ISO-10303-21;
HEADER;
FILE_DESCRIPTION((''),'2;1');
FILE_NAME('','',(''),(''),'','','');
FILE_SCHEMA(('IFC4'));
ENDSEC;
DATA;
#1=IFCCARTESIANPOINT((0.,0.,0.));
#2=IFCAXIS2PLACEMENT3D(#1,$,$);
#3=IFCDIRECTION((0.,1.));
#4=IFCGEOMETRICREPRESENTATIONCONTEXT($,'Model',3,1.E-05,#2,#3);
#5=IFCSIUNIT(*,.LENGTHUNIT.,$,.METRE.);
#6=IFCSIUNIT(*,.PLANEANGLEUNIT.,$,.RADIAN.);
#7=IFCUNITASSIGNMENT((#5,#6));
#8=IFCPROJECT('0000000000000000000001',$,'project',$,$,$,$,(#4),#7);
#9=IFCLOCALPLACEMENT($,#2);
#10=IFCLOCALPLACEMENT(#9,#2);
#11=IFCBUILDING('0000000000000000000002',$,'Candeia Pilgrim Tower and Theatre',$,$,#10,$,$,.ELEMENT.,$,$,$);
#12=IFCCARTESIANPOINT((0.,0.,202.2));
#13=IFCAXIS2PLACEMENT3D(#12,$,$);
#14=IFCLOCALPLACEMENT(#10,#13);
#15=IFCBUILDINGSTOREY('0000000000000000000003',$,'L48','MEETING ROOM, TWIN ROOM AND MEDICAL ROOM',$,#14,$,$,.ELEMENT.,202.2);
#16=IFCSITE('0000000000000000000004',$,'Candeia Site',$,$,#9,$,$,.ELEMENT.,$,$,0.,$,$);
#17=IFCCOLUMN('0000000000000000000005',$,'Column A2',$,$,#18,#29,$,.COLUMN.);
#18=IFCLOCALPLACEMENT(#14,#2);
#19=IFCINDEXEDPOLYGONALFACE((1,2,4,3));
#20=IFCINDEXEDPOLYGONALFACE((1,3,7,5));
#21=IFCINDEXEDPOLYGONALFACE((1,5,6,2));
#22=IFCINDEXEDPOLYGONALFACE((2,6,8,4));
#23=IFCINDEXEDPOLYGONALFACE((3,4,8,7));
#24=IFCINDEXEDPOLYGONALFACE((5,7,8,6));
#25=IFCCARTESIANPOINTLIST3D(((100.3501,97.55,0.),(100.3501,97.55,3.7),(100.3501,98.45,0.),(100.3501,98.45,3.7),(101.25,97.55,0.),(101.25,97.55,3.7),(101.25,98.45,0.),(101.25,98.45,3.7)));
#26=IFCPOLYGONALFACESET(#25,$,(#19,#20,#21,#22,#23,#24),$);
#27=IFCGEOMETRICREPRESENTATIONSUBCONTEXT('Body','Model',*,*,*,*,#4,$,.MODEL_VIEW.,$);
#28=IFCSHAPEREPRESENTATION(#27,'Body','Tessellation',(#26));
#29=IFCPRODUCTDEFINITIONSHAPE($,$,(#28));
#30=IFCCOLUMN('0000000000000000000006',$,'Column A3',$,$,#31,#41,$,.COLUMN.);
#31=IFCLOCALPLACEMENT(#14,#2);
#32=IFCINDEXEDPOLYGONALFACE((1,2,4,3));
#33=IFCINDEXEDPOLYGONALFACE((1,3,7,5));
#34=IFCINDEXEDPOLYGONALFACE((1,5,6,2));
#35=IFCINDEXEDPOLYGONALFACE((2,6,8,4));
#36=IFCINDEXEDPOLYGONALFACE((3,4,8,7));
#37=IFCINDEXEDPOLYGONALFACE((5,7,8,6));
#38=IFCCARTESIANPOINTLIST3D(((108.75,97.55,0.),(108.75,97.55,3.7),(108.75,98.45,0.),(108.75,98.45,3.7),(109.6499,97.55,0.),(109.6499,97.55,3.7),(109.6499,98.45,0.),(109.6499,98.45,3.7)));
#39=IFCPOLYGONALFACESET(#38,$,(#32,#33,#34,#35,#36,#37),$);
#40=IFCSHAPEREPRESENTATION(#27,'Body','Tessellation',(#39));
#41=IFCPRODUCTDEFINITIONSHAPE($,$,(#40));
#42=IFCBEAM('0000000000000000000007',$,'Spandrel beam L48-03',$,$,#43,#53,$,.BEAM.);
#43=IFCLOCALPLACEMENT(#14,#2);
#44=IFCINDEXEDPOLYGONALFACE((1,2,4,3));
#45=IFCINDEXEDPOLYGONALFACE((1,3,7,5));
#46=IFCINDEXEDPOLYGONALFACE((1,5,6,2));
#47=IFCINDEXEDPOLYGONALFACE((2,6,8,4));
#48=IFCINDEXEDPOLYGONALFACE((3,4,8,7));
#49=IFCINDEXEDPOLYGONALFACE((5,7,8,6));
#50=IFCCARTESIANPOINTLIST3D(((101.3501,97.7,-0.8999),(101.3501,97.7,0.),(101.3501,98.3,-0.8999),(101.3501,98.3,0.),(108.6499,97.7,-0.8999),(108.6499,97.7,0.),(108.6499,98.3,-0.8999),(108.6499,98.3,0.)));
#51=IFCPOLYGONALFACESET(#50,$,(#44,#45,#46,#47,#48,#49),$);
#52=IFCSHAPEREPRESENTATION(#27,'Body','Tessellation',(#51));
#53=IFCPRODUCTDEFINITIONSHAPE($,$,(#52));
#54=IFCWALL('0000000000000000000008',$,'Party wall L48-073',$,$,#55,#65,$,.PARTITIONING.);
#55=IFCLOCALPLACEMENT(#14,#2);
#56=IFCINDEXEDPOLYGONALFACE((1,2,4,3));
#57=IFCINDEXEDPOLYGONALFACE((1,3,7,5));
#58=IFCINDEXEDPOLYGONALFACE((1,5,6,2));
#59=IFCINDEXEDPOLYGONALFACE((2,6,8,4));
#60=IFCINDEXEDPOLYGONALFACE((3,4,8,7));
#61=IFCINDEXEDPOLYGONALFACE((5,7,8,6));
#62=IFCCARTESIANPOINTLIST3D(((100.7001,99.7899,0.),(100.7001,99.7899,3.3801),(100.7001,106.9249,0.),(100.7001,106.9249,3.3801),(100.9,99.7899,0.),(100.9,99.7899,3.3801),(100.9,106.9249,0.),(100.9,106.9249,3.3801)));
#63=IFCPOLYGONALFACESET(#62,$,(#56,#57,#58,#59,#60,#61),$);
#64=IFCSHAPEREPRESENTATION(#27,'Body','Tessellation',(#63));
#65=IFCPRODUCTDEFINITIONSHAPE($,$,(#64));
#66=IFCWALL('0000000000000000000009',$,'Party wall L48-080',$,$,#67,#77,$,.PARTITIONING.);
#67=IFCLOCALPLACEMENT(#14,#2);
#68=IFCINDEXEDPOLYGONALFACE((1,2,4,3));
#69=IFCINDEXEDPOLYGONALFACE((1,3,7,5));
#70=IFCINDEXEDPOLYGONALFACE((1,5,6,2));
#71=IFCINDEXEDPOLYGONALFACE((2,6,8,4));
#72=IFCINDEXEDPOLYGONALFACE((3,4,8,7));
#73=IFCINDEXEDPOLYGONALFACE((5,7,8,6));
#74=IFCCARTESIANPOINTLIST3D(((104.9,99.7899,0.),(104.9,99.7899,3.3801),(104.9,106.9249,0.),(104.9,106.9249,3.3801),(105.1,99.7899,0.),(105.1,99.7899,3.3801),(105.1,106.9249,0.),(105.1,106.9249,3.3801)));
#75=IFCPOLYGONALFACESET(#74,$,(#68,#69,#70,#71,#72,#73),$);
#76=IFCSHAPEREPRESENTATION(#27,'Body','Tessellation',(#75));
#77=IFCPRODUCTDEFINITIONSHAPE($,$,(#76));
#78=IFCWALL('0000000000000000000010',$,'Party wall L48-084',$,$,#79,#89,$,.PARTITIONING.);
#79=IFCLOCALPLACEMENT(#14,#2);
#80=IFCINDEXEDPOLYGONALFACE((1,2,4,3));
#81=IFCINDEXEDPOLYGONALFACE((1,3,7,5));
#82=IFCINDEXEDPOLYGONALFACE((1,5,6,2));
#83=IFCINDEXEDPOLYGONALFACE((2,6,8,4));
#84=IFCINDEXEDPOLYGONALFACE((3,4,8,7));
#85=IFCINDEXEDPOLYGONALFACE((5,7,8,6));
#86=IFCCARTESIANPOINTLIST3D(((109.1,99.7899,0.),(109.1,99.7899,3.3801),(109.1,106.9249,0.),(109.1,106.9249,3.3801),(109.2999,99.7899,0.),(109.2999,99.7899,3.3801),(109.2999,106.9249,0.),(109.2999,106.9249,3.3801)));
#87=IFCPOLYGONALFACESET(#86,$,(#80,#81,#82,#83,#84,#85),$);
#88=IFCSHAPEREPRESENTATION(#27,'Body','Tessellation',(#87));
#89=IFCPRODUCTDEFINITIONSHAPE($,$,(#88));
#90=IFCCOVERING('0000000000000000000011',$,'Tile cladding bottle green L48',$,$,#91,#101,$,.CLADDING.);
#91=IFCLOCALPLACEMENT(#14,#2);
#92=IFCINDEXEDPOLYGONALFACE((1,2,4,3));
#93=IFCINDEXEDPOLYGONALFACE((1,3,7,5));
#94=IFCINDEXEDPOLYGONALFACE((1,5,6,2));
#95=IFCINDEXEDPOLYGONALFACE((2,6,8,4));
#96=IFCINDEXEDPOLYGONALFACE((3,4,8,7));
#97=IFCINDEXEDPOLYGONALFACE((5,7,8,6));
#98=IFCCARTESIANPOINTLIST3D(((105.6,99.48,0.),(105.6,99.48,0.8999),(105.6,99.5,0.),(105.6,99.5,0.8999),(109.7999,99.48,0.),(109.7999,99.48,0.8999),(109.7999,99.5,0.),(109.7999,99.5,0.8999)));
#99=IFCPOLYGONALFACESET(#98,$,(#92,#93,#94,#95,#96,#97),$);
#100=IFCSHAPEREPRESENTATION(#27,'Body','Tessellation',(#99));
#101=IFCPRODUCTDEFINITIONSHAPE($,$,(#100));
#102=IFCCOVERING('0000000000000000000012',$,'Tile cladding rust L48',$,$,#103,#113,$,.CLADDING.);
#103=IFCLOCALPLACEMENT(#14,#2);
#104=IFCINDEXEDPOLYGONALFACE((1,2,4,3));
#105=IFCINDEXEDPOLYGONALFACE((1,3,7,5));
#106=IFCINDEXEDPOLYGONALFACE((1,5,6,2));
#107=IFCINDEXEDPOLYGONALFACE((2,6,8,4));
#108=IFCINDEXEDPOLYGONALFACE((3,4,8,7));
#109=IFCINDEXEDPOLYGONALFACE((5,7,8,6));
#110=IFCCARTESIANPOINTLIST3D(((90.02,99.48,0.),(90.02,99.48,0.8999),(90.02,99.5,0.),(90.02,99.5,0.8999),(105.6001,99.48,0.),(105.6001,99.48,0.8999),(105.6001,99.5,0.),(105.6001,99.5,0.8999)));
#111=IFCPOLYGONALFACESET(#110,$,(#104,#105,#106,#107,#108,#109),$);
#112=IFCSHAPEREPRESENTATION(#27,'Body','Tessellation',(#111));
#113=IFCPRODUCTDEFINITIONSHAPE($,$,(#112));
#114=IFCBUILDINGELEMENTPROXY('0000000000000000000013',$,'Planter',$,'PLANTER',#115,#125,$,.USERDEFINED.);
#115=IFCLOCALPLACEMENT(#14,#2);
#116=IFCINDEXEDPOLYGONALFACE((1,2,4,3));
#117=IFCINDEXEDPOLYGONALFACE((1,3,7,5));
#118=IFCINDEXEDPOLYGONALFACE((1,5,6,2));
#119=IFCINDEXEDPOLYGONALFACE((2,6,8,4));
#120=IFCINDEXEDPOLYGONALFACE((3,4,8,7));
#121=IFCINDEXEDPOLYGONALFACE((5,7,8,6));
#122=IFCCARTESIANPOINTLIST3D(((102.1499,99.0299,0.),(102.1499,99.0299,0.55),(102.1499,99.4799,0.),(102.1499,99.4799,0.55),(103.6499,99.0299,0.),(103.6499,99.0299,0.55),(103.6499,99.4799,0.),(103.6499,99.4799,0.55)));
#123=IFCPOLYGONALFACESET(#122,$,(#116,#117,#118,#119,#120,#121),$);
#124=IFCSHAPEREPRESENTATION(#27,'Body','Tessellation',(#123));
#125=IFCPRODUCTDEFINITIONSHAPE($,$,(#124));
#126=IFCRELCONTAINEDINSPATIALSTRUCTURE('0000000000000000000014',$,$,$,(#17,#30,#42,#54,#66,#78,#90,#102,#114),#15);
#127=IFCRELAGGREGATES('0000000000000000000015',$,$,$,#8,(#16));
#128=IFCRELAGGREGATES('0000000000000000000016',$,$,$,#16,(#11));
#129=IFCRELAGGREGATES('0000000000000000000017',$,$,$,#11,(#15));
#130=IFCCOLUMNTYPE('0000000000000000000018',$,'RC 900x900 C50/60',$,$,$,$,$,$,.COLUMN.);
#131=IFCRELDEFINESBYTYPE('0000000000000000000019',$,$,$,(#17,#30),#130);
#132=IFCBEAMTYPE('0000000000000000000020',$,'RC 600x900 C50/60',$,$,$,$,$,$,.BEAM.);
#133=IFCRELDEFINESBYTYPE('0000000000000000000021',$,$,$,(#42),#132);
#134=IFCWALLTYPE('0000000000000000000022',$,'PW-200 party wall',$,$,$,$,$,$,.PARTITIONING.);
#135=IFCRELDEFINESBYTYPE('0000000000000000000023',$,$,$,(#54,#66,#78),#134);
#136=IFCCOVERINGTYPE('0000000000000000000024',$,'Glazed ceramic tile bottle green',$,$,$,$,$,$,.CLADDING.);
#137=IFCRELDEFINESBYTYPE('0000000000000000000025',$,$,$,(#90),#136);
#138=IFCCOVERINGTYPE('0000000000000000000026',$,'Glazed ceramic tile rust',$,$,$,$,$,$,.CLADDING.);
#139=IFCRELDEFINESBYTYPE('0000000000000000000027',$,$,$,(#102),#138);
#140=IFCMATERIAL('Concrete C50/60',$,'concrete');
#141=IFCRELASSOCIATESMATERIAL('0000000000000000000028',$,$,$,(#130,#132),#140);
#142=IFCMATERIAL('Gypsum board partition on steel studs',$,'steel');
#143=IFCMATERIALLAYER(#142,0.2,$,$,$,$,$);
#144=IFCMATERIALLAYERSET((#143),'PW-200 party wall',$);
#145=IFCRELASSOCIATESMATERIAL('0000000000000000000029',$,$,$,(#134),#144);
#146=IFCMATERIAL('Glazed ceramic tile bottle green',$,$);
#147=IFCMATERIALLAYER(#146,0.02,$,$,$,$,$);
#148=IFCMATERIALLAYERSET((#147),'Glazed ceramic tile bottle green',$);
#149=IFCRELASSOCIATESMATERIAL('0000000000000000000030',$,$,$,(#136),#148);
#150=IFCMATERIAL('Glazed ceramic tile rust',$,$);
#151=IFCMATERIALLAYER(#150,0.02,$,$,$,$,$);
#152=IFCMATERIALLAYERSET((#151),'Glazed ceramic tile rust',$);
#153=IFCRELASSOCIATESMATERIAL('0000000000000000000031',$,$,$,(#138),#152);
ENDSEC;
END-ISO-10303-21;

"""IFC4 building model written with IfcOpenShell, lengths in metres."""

from ifc_helpers import new_model, si_unit, direction, frame, frame_2d, origin, origin_2d, place, context, subcontext, project, spatial, rectangle, extrude, material, layer, layer_set, material_profile, profile_set, type_object, element, save


model = new_model("IFC4")

# Units and contexts
model_context = context("Model", 3, precision=1e-05, world=origin(), true_north=direction((0.0, 1.0)))
body_context = subcontext(model_context, "Body", "Model", "MODEL_VIEW")
ifc_project = project(units=[si_unit("LENGTHUNIT", "METRE"), si_unit("PLANEANGLEUNIT", "RADIAN")], contexts=[model_context])

# Site, building, storey
site_placement = place(None, origin())
site = spatial("IfcSite", under=ifc_project, at=site_placement, Name="Candeia Site", CompositionType="ELEMENT", RefElevation=0.0)
building_placement = place(site_placement, origin())
building = spatial("IfcBuilding", under=site, at=building_placement, Name="Candeia Pilgrim Tower and Theatre", CompositionType="ELEMENT")
storey_placement = place(building_placement, frame((0.0, 0.0, 202.2)))
storey = spatial("IfcBuildingStorey", under=building, at=storey_placement, Name="L48", Description="MEETING ROOM, TWIN ROOM AND MEDICAL ROOM", CompositionType="ELEMENT", Elevation=202.2)

# Columns
ifc_material_1 = material(Name="Concrete C50/60", Category="concrete")
ifc_material_profile_1 = material_profile(ifc_material_1, rectangle(XDim=0.8999, YDim=0.8999, at=origin_2d()))
ifc_profile_set_1 = profile_set([ifc_material_profile_1], Name="Concrete C50/60")
column_type = type_object("IfcColumnType", Name="RC 900x900 C50/60", PredefinedType="COLUMN", material=ifc_profile_set_1)
for number, where, z_axis, x_axis, name in (
    (1, (100.8, 98.0, 0.0), (0.0, 0.0, 1.0), (1.0, 0.0, 0.0), "Column A2"),
    (2, (109.2, 98.0, 0.0), (0.0, 0.0, 1.0), (1.0, 0.0, 0.0), "Column A3"),
):
    element("IfcColumn", number, at=place(storey_placement, frame(where, z_axis=z_axis, x_axis=x_axis)), inside=storey, type_object=column_type, Name=name, PredefinedType="COLUMN", context=body_context, shape_type="SweptSolid", body=[
        extrude(rectangle(XDim=0.8999, YDim=0.8999, at=origin_2d()), origin(), (0.0, 0.0, 1.0), 3.7),
    ])

# Beam
ifc_material_profile_2 = material_profile(ifc_material_1, rectangle(XDim=0.6001, YDim=0.8999, at=origin_2d()))
ifc_profile_set_2 = profile_set([ifc_material_profile_2], Name="Concrete C50/60")
beam_type = type_object("IfcBeamType", Name="RC 600x900 C50/60", PredefinedType="BEAM", material=ifc_profile_set_2)
beam_placement = place(storey_placement, frame((101.3501, 98.0, -0.45), z_axis=(1.0, 0.0, 0.0), x_axis=(0.0, 1.0, 0.0)))
element("IfcBeam", 3, at=beam_placement, inside=storey, type_object=beam_type, Name="Spandrel beam L48-03", PredefinedType="BEAM", context=body_context, shape_type="SweptSolid", body=[
    extrude(rectangle(XDim=0.6001, YDim=0.8999, at=origin_2d()), origin(), (0.0, 0.0, 1.0), 7.2998),
])

# Walls
ifc_material_2 = material(Name="Gypsum board partition on steel studs", Category="steel")
ifc_layer_1 = layer(ifc_material_2, 0.2)
ifc_layer_set_1 = layer_set([ifc_layer_1], Name="PW-200 party wall")
wall_type = type_object("IfcWallType", Name="PW-200 party wall", PredefinedType="PARTITIONING", material=ifc_layer_set_1)
for number, where, z_axis, x_axis, name in (
    (4, (100.8, 99.79, 0.0), (0.0, 0.0, 1.0), (0.0, 1.0, 0.0), "Party wall L48-073"),
    (5, (105.0, 99.79, 0.0), (0.0, 0.0, 1.0), (0.0, 1.0, 0.0), "Party wall L48-080"),
    (6, (109.2, 99.79, 0.0), (0.0, 0.0, 1.0), (0.0, 1.0, 0.0), "Party wall L48-084"),
):
    element("IfcWall", number, at=place(storey_placement, frame(where, z_axis=z_axis, x_axis=x_axis)), inside=storey, type_object=wall_type, Name=name, PredefinedType="PARTITIONING", context=body_context, shape_type="SweptSolid", body=[
        extrude(rectangle(XDim=7.135, YDim=0.2, at=frame_2d((3.5674, 0.0))), origin(), (0.0, 0.0, 1.0), 3.3801),
    ])

# Coverings
ifc_material_3 = material(Name="Glazed ceramic tile bottle green")
ifc_layer_2 = layer(ifc_material_3, 0.02)
ifc_layer_set_2 = layer_set([ifc_layer_2], Name="Glazed ceramic tile bottle green")
covering_type_1 = type_object("IfcCoveringType", Name="Glazed ceramic tile bottle green", PredefinedType="CLADDING", material=ifc_layer_set_2)
covering_1_placement = place(storey_placement, frame((107.7, 99.49, 0.0), z_axis=(0.0, 0.0, 1.0), x_axis=(1.0, 0.0, 0.0)))
element("IfcCovering", 7, at=covering_1_placement, inside=storey, type_object=covering_type_1, Name="Tile cladding bottle green L48", PredefinedType="CLADDING", context=body_context, shape_type="SweptSolid", body=[
    extrude(rectangle(XDim=4.2, YDim=0.02, at=origin_2d()), origin(), (0.0, 0.0, 1.0), 0.8999),
])
ifc_material_4 = material(Name="Glazed ceramic tile rust")
ifc_layer_3 = layer(ifc_material_4, 0.02)
ifc_layer_set_3 = layer_set([ifc_layer_3], Name="Glazed ceramic tile rust")
covering_type_2 = type_object("IfcCoveringType", Name="Glazed ceramic tile rust", PredefinedType="CLADDING", material=ifc_layer_set_3)
covering_2_placement = place(storey_placement, frame((97.8101, 99.49, 0.0), z_axis=(0.0, 0.0, 1.0), x_axis=(1.0, 0.0, 0.0)))
element("IfcCovering", 8, at=covering_2_placement, inside=storey, type_object=covering_type_2, Name="Tile cladding rust L48", PredefinedType="CLADDING", context=body_context, shape_type="SweptSolid", body=[
    extrude(rectangle(XDim=15.5801, YDim=0.02, at=origin_2d()), origin(), (0.0, 0.0, 1.0), 0.8999),
])

# Building element proxy
proxy_placement = place(storey_placement, frame((102.8999, 99.2549, 0.0), z_axis=(0.0, 0.0, 1.0), x_axis=(1.0, 0.0, 0.0)))
element("IfcBuildingElementProxy", 9, at=proxy_placement, inside=storey, Name="Planter", ObjectType="PLANTER", PredefinedType="USERDEFINED", context=body_context, shape_type="SweptSolid", body=[
    extrude(rectangle(XDim=1.5, YDim=0.45, at=origin_2d()), origin(), (0.0, 0.0, 1.0), 0.55),
])

save(model, "model.ifc")
